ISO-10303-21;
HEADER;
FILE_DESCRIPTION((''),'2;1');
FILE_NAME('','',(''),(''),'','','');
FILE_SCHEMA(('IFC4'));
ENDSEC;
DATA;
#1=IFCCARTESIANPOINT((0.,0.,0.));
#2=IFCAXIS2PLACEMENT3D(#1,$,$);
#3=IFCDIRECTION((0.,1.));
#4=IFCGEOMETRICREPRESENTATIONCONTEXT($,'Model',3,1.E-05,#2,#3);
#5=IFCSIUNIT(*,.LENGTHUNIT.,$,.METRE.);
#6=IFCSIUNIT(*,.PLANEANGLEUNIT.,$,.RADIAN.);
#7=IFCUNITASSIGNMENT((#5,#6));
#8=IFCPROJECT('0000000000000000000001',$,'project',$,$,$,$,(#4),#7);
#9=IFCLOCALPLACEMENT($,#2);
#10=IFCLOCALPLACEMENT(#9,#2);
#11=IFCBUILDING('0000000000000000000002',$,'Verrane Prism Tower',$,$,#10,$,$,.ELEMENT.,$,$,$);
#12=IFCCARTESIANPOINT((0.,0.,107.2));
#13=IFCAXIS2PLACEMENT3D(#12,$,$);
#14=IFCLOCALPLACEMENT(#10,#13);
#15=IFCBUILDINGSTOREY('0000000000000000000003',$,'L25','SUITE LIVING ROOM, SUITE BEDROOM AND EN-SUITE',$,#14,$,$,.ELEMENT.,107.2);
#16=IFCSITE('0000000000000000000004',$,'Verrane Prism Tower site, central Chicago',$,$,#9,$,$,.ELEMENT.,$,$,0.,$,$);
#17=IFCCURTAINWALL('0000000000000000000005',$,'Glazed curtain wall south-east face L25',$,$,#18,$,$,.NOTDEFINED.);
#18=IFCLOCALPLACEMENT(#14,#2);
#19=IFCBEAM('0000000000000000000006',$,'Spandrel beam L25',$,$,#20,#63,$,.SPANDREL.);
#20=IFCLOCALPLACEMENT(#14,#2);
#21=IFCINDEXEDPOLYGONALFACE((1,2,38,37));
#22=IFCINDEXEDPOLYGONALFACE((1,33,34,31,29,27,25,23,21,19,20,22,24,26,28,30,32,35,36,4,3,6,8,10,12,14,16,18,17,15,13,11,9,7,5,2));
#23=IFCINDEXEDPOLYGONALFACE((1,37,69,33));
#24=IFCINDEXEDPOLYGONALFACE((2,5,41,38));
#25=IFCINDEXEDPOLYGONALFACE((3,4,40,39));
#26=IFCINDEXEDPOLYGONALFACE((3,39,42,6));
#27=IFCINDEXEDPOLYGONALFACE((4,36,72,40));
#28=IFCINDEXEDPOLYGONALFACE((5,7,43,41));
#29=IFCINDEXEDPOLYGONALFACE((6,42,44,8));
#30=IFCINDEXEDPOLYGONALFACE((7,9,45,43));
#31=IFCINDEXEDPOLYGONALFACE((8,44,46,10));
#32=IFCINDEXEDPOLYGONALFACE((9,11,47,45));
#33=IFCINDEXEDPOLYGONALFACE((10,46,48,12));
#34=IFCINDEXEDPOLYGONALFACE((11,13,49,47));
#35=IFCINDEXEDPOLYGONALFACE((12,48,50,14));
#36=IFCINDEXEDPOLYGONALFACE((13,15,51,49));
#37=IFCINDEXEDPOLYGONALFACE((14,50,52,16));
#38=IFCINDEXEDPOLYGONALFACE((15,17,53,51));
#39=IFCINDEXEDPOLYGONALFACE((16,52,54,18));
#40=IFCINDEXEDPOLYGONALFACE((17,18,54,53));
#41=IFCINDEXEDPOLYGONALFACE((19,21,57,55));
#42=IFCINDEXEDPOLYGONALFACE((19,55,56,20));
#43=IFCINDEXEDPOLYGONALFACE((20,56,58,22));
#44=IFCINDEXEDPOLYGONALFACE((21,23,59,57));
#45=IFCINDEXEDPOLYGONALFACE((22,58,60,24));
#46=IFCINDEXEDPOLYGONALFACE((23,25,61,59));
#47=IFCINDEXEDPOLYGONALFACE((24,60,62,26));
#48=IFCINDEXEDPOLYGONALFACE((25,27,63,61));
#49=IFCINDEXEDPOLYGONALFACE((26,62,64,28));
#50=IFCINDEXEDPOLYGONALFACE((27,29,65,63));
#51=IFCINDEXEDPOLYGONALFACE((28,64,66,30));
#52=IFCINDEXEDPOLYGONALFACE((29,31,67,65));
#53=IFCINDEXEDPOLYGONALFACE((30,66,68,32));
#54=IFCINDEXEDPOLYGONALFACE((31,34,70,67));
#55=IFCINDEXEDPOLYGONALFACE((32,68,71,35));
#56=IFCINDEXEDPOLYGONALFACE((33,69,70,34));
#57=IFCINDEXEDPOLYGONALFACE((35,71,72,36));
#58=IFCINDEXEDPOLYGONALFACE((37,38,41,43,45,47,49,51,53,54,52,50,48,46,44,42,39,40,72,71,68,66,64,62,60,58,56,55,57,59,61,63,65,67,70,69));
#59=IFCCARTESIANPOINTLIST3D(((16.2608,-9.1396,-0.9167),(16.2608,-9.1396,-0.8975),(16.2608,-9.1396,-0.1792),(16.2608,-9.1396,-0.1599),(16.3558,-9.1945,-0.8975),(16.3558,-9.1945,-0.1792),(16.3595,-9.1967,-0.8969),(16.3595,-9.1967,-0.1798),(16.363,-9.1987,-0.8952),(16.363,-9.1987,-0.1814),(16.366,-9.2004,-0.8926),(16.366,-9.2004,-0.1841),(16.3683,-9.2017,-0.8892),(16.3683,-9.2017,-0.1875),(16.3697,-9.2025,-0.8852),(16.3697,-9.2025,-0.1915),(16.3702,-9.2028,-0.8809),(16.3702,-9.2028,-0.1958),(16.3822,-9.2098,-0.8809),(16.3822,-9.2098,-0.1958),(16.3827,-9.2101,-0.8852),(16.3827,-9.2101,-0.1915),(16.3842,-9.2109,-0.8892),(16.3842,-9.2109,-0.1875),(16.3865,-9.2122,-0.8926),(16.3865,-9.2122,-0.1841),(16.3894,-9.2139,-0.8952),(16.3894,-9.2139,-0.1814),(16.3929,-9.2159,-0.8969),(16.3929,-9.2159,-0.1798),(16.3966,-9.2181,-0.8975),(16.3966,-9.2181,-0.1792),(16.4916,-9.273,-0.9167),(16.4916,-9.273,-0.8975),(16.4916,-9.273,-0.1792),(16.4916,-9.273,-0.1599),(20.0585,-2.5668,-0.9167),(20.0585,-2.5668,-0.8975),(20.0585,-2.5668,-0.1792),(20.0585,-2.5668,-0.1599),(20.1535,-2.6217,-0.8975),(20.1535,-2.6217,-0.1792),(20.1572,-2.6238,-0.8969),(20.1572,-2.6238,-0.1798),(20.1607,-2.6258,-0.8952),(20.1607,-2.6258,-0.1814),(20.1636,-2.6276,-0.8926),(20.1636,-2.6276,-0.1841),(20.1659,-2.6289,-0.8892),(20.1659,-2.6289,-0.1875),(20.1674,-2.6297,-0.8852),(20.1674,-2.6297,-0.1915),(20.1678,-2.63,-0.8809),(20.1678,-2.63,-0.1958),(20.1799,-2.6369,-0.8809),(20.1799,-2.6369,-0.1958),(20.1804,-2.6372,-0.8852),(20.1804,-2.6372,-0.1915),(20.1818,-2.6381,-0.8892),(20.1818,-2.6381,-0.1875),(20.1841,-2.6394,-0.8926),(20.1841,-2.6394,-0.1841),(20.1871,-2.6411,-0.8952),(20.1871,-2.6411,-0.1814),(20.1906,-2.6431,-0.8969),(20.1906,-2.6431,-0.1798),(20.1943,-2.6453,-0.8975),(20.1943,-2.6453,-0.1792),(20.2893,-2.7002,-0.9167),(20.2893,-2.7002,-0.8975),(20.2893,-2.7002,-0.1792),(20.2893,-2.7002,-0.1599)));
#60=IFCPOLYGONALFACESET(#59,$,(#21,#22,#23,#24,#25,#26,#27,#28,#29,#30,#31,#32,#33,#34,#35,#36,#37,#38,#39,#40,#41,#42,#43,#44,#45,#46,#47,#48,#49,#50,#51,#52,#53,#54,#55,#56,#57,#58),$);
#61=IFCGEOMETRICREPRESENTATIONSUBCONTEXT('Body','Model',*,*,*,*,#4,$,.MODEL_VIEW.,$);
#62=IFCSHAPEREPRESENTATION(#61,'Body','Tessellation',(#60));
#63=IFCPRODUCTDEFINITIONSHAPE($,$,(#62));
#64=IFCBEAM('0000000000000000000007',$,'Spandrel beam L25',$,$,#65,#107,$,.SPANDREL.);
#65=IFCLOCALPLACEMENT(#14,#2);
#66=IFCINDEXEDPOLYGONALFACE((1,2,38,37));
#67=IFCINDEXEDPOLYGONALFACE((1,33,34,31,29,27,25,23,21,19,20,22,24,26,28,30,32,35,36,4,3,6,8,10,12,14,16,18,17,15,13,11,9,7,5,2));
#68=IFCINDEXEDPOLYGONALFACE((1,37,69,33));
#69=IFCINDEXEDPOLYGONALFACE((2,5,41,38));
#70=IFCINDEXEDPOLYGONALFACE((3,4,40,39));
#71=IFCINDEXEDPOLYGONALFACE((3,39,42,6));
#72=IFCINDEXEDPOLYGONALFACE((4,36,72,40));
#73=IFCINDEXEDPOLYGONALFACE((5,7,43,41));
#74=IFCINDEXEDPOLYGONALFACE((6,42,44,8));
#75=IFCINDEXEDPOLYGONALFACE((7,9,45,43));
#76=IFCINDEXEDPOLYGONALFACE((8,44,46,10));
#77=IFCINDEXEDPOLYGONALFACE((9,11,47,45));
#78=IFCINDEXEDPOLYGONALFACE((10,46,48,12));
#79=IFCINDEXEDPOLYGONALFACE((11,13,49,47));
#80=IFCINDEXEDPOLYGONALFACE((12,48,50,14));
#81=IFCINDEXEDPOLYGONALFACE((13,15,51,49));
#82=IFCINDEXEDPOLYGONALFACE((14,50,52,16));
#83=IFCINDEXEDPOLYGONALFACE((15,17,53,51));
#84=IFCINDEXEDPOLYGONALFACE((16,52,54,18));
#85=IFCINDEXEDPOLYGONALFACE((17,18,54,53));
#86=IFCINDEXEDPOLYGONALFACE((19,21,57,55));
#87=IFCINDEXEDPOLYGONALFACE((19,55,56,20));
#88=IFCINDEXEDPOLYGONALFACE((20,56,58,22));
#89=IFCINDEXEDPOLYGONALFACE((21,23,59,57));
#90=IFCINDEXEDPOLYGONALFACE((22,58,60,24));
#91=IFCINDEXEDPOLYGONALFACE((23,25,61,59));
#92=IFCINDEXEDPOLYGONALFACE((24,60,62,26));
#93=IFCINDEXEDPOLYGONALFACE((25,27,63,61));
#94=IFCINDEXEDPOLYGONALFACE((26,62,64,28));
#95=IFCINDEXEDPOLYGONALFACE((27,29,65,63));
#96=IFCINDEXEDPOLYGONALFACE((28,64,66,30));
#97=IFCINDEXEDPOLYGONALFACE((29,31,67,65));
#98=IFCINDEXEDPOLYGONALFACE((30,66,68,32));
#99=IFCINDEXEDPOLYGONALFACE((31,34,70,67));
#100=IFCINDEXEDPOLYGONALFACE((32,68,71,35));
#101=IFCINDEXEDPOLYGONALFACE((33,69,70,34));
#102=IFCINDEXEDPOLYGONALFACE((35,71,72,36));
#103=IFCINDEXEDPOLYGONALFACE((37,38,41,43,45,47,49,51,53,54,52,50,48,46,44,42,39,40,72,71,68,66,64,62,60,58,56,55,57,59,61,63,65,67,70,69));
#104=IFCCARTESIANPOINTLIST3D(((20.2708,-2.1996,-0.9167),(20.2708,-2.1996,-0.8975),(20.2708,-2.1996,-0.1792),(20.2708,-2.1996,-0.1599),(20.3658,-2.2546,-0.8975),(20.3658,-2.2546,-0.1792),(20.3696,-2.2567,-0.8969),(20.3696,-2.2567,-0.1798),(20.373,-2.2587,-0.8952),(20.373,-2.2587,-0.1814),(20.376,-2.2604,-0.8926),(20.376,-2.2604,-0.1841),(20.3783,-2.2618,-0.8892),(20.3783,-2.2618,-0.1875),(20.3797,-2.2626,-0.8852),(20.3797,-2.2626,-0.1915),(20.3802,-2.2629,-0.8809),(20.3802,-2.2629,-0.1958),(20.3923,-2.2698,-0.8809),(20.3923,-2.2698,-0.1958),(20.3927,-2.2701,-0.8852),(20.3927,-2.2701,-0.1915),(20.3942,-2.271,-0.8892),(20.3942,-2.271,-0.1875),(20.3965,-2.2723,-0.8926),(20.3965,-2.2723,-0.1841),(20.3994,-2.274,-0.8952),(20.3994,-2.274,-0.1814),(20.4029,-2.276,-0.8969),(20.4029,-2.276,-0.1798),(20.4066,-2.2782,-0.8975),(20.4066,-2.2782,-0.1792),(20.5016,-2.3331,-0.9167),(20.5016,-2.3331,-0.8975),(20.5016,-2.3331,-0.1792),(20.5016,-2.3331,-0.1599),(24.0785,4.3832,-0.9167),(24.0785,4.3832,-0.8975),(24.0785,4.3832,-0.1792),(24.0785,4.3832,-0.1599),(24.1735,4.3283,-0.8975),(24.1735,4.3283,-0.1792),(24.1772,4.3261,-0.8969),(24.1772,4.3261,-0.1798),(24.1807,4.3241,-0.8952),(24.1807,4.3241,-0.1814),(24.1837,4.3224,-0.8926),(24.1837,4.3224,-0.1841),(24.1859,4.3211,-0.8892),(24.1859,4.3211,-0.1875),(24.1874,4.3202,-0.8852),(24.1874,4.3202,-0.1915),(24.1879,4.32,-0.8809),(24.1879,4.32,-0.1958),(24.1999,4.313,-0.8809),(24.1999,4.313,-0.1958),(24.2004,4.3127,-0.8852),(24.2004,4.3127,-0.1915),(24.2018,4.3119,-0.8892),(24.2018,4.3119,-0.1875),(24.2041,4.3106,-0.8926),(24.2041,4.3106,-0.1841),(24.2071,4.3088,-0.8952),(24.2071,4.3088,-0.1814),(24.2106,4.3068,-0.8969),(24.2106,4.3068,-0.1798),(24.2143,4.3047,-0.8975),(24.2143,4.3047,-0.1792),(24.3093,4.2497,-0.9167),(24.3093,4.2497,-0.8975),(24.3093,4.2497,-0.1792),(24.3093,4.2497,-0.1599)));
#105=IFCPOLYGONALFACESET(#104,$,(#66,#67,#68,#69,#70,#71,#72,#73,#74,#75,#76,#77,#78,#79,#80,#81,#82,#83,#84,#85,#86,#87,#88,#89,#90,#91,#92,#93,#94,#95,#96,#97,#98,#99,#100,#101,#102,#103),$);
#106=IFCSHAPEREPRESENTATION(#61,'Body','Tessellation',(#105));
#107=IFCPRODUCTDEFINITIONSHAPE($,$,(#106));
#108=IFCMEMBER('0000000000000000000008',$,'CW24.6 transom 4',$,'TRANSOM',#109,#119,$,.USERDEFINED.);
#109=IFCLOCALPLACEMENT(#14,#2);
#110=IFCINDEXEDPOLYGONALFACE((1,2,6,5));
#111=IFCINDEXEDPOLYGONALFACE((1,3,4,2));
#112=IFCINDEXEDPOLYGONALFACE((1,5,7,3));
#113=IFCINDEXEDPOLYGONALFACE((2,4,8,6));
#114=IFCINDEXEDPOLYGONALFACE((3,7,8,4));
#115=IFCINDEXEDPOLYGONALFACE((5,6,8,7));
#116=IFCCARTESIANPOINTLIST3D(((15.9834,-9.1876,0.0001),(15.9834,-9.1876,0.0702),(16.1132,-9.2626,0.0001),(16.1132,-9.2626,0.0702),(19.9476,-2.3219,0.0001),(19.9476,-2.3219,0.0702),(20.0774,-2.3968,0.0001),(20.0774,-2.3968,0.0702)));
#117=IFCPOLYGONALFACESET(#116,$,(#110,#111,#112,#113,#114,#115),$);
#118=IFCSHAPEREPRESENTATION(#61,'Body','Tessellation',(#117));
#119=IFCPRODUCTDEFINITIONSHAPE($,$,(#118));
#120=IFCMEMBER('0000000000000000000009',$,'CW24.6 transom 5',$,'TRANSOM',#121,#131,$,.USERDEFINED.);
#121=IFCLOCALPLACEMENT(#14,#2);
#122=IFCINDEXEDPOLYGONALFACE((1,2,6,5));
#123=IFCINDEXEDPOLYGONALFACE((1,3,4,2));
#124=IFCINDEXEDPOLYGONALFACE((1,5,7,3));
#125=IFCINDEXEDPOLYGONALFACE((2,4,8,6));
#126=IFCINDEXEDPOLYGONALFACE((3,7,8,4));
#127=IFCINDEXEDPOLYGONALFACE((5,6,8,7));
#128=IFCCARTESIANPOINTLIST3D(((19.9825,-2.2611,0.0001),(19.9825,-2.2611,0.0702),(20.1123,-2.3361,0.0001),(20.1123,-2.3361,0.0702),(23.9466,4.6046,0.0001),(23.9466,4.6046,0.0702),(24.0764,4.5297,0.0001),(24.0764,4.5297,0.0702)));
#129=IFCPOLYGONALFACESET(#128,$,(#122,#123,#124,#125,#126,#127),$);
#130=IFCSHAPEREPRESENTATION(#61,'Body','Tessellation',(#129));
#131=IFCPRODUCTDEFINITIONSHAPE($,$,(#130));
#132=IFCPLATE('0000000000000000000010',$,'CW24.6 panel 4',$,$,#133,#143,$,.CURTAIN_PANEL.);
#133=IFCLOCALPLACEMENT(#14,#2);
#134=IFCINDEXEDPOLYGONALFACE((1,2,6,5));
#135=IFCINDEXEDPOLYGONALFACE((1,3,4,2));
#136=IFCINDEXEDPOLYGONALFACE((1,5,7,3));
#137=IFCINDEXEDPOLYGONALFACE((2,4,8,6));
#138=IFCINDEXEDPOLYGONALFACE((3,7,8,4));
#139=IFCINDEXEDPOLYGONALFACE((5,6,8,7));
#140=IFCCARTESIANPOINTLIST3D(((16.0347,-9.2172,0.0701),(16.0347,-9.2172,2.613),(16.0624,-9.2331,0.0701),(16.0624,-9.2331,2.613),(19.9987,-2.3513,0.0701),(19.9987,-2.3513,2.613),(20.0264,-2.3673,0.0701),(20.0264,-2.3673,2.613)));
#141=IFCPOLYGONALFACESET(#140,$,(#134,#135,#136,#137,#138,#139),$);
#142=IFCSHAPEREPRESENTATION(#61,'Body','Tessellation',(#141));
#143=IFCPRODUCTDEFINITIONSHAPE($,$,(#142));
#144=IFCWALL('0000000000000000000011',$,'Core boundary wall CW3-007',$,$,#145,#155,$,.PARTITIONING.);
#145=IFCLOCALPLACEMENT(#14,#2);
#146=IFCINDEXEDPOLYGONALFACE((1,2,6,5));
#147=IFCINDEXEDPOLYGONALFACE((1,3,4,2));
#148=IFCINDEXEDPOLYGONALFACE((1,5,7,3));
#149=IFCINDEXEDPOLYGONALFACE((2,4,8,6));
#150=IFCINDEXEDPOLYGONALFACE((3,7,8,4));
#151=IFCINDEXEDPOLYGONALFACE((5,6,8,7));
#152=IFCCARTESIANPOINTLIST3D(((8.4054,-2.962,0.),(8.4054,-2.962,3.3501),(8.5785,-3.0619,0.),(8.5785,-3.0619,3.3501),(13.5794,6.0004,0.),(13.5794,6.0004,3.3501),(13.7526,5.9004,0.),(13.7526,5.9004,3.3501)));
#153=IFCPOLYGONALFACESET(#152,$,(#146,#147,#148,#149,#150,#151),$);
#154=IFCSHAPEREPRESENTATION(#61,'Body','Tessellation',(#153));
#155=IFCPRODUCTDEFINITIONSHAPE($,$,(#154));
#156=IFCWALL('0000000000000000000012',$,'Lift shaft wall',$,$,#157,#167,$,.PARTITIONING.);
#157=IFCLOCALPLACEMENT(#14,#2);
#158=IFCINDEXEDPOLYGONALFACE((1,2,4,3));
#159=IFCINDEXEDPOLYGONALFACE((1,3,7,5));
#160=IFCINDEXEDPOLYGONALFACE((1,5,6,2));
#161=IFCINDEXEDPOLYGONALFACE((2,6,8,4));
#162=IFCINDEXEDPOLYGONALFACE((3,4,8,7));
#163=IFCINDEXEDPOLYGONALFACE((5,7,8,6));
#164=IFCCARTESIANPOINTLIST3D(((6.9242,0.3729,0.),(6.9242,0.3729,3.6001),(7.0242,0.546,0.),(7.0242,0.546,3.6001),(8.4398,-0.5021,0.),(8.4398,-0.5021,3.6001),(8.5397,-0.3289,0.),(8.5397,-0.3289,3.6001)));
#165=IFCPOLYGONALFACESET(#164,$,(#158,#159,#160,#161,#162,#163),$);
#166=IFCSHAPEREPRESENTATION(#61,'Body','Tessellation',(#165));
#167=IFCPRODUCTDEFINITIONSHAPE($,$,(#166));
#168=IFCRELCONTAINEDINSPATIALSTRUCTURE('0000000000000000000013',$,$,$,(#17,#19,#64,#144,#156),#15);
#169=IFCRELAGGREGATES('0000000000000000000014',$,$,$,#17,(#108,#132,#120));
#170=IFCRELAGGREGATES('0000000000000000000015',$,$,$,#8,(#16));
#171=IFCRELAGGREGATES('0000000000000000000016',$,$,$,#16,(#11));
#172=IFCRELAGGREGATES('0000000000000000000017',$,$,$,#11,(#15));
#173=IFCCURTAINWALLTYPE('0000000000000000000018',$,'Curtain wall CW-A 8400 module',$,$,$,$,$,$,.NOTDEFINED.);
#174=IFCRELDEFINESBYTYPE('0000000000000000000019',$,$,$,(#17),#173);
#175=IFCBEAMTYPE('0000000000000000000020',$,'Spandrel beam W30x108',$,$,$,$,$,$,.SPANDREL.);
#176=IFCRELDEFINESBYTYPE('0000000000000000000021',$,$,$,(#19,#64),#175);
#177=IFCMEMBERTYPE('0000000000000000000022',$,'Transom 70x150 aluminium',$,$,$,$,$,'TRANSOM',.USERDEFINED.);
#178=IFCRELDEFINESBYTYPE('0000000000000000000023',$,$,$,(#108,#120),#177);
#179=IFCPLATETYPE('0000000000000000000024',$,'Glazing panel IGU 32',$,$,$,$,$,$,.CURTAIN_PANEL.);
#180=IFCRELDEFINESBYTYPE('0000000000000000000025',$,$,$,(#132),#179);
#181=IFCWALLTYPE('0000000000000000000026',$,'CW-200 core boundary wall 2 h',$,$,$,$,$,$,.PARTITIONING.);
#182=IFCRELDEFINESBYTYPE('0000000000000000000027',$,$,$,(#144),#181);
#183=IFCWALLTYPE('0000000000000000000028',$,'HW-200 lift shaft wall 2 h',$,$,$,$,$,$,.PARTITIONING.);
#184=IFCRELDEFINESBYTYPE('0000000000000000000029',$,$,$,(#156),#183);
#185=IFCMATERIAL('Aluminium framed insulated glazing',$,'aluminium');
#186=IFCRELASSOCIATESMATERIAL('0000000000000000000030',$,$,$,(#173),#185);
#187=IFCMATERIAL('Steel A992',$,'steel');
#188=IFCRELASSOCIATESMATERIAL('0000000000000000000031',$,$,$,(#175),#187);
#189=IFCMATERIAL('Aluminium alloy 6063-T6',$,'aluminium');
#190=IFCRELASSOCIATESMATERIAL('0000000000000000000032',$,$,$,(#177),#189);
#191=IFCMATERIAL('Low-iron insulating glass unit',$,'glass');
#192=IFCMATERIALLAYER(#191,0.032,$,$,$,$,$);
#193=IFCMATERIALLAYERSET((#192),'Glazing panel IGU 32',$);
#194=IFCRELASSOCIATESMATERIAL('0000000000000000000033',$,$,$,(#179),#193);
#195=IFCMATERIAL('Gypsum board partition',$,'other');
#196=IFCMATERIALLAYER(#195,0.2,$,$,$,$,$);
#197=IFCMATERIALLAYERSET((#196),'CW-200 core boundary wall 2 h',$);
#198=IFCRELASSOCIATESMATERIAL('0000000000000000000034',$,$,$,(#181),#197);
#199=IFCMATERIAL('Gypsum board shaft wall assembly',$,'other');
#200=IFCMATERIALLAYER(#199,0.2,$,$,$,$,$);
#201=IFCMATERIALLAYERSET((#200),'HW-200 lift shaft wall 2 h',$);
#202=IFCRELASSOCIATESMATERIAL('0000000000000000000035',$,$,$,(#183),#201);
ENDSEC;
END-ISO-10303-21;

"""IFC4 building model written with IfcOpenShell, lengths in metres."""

from ifc_helpers import new_model, si_unit, direction, frame, frame_2d, origin, origin_2d, place, context, subcontext, project, spatial, rectangle, i_section, extrude, material, layer, layer_set, material_profile, profile_set, type_object, element, aggregate, save


model = new_model("IFC4")

# Units and contexts
model_context = context("Model", 3, precision=1e-05, world=origin(), true_north=direction((0.0, 1.0)))
body_context = subcontext(model_context, "Body", "Model", "MODEL_VIEW")
ifc_project = project(units=[si_unit("LENGTHUNIT", "METRE"), si_unit("PLANEANGLEUNIT", "RADIAN")], contexts=[model_context])

# Site, building, storey
site_placement = place(None, origin())
site = spatial("IfcSite", under=ifc_project, at=site_placement, Name="Verrane Prism Tower site, central Chicago", CompositionType="ELEMENT", RefElevation=0.0)
building_placement = place(site_placement, origin())
building = spatial("IfcBuilding", under=site, at=building_placement, Name="Verrane Prism Tower", CompositionType="ELEMENT")
storey_placement = place(building_placement, frame((0.0, 0.0, 107.2)))
storey = spatial("IfcBuildingStorey", under=building, at=storey_placement, Name="L25", Description="SUITE LIVING ROOM, SUITE BEDROOM AND EN-SUITE", CompositionType="ELEMENT", Elevation=107.2)

# Curtain wall
ifc_material_1 = material(Name="Aluminium framed insulated glazing", Category="aluminium")
curtain_wall_type = type_object("IfcCurtainWallType", Name="Curtain wall CW-A 8400 module", PredefinedType="NOTDEFINED", material=ifc_material_1)
curtain_wall_placement = place(storey_placement, origin())
curtain_wall = element("IfcCurtainWall", 1, at=curtain_wall_placement, inside=storey, type_object=curtain_wall_type, Name="Glazed curtain wall south-east face L25", PredefinedType="NOTDEFINED")

# Beams
ifc_material_2 = material(Name="Steel A992", Category="steel")
ifc_material_profile_1 = material_profile(ifc_material_2, i_section(OverallWidth=0.2666, OverallDepth=0.7568, WebThickness=0.0139, FlangeThickness=0.0193, FilletRadius=0.0166, at=origin_2d()), Name="W30x108")
ifc_profile_set_1 = profile_set([ifc_material_profile_1], Name="Steel A992")
beam_type_1 = type_object("IfcBeamType", Name="Spandrel beam W30x108", PredefinedType="SPANDREL", material=ifc_profile_set_1)
beam_1_placement = place(storey_placement, frame((16.3762, -9.2063, -0.5383), z_axis=(0.500279, 0.865864, 0.0), x_axis=(-0.865864, 0.500279, 0.0)))
element("IfcBeam", 2, at=beam_1_placement, inside=storey, type_object=beam_type_1, Name="Spandrel beam L25", PredefinedType="SPANDREL", context=body_context, shape_type="SweptSolid", body=[
    extrude(i_section(OverallWidth=0.2666, OverallDepth=0.7568, WebThickness=0.0139, FlangeThickness=0.0193, FilletRadius=0.0166, at=origin_2d()), origin(), (0.0, 0.0, 1.0), 7.5911),
])
beam_2_placement = place(storey_placement, frame((20.3862, -2.2664, -0.5383), z_axis=(0.500696, 0.865623, 0.0), x_axis=(-0.865623, 0.500696, 0.0)))
element("IfcBeam", 3, at=beam_2_placement, inside=storey, type_object=beam_type_1, Name="Spandrel beam L25", PredefinedType="SPANDREL", context=body_context, shape_type="SweptSolid", body=[
    extrude(i_section(OverallWidth=0.2666, OverallDepth=0.7568, WebThickness=0.0139, FlangeThickness=0.0193, FilletRadius=0.0166, at=origin_2d()), origin(), (0.0, 0.0, 1.0), 7.6047),
])

# Members
ifc_material_3 = material(Name="Aluminium alloy 6063-T6", Category="aluminium")
ifc_material_profile_2 = material_profile(ifc_material_3, rectangle(XDim=0.1499, YDim=0.0701, at=origin_2d()), Name="Transom 70x150 aluminium")
ifc_profile_set_2 = profile_set([ifc_material_profile_2], Name="Aluminium alloy 6063-T6")
member_type_1 = type_object("IfcMemberType", Name="Transom 70x150 aluminium", ElementType="TRANSOM", PredefinedType="USERDEFINED", material=ifc_profile_set_2)
member_1_placement = place(storey_placement, frame((16.0483, -9.2251, 0.0352), z_axis=(0.500017, 0.866015, 0.0), x_axis=(-0.866015, 0.500017, 0.0)))
member_1 = element("IfcMember", 4, at=member_1_placement, type_object=member_type_1, Name="CW24.6 transom 4", ObjectType="TRANSOM", PredefinedType="USERDEFINED", context=body_context, shape_type="SweptSolid", body=[
    extrude(rectangle(XDim=0.1499, YDim=0.0701, at=origin_2d()), origin(), (0.0, 0.0, 1.0), 7.928),
])
member_2_placement = place(storey_placement, frame((20.0474, -2.2986, 0.0352), z_axis=(0.500017, 0.866015, 0.0), x_axis=(-0.866015, 0.500017, 0.0)))
member_2 = element("IfcMember", 5, at=member_2_placement, type_object=member_type_1, Name="CW24.6 transom 5", ObjectType="TRANSOM", PredefinedType="USERDEFINED", context=body_context, shape_type="SweptSolid", body=[
    extrude(rectangle(XDim=0.1499, YDim=0.0701, at=origin_2d()), origin(), (0.0, 0.0, 1.0), 7.928),
])

# Plate
ifc_material_4 = material(Name="Low-iron insulating glass unit", Category="glass")
ifc_layer_1 = layer(ifc_material_4, 0.032)
ifc_layer_set_1 = layer_set([ifc_layer_1], Name="Glazing panel IGU 32")
plate_type = type_object("IfcPlateType", Name="Glazing panel IGU 32", PredefinedType="CURTAIN_PANEL", material=ifc_layer_set_1)
plate_placement = place(storey_placement, frame((18.0305, -5.7922, 0.0701), z_axis=(0.0, 0.0, 1.0), x_axis=(0.5, 0.866025, 0.0)))
plate = element("IfcPlate", 6, at=plate_placement, type_object=plate_type, Name="CW24.6 panel 4", PredefinedType="CURTAIN_PANEL", context=body_context, shape_type="SweptSolid", body=[
    extrude(rectangle(XDim=7.928, YDim=0.032, at=origin_2d()), origin(), (0.0, 0.0, 1.0), 2.543),
])
aggregate(curtain_wall, [member_1, plate, member_2])

# Walls
ifc_material_5 = material(Name="Gypsum board partition", Category="other")
ifc_layer_2 = layer(ifc_material_5, 0.2)
ifc_layer_set_2 = layer_set([ifc_layer_2], Name="CW-200 core boundary wall 2 h")
wall_type_1 = type_object("IfcWallType", Name="CW-200 core boundary wall 2 h", PredefinedType="PARTITIONING", material=ifc_layer_set_2)
wall_1_placement = place(storey_placement, frame((8.4919, -3.012, 0.0), z_axis=(0.0, 0.0, 1.0), x_axis=(0.499973, 0.866041, 0.0)))
element("IfcWall", 7, at=wall_1_placement, inside=storey, type_object=wall_type_1, Name="Core boundary wall CW3-007", PredefinedType="PARTITIONING", context=body_context, shape_type="SweptSolid", body=[
    extrude(rectangle(XDim=10.3486, YDim=0.2, at=frame_2d((5.1743, 0.0))), origin(), (0.0, 0.0, 1.0), 3.3501),
])
ifc_material_6 = material(Name="Gypsum board shaft wall assembly", Category="other")
ifc_layer_3 = layer(ifc_material_6, 0.2)
ifc_layer_set_3 = layer_set([ifc_layer_3], Name="HW-200 lift shaft wall 2 h")
wall_type_2 = type_object("IfcWallType", Name="HW-200 lift shaft wall 2 h", PredefinedType="PARTITIONING", material=ifc_layer_set_3)
wall_2_placement = place(storey_placement, frame((8.4897, -0.4155, 0.0), z_axis=(0.0, 0.0, 1.0), x_axis=(-0.866037, 0.49998, 0.0)))
element("IfcWall", 8, at=wall_2_placement, inside=storey, type_object=wall_type_2, Name="Lift shaft wall", PredefinedType="PARTITIONING", context=body_context, shape_type="SweptSolid", body=[
    extrude(rectangle(XDim=1.75, YDim=0.2, at=frame_2d((0.875, 0.0))), origin(), (0.0, 0.0, 1.0), 3.6001),
])

save(model, "model.ifc")
